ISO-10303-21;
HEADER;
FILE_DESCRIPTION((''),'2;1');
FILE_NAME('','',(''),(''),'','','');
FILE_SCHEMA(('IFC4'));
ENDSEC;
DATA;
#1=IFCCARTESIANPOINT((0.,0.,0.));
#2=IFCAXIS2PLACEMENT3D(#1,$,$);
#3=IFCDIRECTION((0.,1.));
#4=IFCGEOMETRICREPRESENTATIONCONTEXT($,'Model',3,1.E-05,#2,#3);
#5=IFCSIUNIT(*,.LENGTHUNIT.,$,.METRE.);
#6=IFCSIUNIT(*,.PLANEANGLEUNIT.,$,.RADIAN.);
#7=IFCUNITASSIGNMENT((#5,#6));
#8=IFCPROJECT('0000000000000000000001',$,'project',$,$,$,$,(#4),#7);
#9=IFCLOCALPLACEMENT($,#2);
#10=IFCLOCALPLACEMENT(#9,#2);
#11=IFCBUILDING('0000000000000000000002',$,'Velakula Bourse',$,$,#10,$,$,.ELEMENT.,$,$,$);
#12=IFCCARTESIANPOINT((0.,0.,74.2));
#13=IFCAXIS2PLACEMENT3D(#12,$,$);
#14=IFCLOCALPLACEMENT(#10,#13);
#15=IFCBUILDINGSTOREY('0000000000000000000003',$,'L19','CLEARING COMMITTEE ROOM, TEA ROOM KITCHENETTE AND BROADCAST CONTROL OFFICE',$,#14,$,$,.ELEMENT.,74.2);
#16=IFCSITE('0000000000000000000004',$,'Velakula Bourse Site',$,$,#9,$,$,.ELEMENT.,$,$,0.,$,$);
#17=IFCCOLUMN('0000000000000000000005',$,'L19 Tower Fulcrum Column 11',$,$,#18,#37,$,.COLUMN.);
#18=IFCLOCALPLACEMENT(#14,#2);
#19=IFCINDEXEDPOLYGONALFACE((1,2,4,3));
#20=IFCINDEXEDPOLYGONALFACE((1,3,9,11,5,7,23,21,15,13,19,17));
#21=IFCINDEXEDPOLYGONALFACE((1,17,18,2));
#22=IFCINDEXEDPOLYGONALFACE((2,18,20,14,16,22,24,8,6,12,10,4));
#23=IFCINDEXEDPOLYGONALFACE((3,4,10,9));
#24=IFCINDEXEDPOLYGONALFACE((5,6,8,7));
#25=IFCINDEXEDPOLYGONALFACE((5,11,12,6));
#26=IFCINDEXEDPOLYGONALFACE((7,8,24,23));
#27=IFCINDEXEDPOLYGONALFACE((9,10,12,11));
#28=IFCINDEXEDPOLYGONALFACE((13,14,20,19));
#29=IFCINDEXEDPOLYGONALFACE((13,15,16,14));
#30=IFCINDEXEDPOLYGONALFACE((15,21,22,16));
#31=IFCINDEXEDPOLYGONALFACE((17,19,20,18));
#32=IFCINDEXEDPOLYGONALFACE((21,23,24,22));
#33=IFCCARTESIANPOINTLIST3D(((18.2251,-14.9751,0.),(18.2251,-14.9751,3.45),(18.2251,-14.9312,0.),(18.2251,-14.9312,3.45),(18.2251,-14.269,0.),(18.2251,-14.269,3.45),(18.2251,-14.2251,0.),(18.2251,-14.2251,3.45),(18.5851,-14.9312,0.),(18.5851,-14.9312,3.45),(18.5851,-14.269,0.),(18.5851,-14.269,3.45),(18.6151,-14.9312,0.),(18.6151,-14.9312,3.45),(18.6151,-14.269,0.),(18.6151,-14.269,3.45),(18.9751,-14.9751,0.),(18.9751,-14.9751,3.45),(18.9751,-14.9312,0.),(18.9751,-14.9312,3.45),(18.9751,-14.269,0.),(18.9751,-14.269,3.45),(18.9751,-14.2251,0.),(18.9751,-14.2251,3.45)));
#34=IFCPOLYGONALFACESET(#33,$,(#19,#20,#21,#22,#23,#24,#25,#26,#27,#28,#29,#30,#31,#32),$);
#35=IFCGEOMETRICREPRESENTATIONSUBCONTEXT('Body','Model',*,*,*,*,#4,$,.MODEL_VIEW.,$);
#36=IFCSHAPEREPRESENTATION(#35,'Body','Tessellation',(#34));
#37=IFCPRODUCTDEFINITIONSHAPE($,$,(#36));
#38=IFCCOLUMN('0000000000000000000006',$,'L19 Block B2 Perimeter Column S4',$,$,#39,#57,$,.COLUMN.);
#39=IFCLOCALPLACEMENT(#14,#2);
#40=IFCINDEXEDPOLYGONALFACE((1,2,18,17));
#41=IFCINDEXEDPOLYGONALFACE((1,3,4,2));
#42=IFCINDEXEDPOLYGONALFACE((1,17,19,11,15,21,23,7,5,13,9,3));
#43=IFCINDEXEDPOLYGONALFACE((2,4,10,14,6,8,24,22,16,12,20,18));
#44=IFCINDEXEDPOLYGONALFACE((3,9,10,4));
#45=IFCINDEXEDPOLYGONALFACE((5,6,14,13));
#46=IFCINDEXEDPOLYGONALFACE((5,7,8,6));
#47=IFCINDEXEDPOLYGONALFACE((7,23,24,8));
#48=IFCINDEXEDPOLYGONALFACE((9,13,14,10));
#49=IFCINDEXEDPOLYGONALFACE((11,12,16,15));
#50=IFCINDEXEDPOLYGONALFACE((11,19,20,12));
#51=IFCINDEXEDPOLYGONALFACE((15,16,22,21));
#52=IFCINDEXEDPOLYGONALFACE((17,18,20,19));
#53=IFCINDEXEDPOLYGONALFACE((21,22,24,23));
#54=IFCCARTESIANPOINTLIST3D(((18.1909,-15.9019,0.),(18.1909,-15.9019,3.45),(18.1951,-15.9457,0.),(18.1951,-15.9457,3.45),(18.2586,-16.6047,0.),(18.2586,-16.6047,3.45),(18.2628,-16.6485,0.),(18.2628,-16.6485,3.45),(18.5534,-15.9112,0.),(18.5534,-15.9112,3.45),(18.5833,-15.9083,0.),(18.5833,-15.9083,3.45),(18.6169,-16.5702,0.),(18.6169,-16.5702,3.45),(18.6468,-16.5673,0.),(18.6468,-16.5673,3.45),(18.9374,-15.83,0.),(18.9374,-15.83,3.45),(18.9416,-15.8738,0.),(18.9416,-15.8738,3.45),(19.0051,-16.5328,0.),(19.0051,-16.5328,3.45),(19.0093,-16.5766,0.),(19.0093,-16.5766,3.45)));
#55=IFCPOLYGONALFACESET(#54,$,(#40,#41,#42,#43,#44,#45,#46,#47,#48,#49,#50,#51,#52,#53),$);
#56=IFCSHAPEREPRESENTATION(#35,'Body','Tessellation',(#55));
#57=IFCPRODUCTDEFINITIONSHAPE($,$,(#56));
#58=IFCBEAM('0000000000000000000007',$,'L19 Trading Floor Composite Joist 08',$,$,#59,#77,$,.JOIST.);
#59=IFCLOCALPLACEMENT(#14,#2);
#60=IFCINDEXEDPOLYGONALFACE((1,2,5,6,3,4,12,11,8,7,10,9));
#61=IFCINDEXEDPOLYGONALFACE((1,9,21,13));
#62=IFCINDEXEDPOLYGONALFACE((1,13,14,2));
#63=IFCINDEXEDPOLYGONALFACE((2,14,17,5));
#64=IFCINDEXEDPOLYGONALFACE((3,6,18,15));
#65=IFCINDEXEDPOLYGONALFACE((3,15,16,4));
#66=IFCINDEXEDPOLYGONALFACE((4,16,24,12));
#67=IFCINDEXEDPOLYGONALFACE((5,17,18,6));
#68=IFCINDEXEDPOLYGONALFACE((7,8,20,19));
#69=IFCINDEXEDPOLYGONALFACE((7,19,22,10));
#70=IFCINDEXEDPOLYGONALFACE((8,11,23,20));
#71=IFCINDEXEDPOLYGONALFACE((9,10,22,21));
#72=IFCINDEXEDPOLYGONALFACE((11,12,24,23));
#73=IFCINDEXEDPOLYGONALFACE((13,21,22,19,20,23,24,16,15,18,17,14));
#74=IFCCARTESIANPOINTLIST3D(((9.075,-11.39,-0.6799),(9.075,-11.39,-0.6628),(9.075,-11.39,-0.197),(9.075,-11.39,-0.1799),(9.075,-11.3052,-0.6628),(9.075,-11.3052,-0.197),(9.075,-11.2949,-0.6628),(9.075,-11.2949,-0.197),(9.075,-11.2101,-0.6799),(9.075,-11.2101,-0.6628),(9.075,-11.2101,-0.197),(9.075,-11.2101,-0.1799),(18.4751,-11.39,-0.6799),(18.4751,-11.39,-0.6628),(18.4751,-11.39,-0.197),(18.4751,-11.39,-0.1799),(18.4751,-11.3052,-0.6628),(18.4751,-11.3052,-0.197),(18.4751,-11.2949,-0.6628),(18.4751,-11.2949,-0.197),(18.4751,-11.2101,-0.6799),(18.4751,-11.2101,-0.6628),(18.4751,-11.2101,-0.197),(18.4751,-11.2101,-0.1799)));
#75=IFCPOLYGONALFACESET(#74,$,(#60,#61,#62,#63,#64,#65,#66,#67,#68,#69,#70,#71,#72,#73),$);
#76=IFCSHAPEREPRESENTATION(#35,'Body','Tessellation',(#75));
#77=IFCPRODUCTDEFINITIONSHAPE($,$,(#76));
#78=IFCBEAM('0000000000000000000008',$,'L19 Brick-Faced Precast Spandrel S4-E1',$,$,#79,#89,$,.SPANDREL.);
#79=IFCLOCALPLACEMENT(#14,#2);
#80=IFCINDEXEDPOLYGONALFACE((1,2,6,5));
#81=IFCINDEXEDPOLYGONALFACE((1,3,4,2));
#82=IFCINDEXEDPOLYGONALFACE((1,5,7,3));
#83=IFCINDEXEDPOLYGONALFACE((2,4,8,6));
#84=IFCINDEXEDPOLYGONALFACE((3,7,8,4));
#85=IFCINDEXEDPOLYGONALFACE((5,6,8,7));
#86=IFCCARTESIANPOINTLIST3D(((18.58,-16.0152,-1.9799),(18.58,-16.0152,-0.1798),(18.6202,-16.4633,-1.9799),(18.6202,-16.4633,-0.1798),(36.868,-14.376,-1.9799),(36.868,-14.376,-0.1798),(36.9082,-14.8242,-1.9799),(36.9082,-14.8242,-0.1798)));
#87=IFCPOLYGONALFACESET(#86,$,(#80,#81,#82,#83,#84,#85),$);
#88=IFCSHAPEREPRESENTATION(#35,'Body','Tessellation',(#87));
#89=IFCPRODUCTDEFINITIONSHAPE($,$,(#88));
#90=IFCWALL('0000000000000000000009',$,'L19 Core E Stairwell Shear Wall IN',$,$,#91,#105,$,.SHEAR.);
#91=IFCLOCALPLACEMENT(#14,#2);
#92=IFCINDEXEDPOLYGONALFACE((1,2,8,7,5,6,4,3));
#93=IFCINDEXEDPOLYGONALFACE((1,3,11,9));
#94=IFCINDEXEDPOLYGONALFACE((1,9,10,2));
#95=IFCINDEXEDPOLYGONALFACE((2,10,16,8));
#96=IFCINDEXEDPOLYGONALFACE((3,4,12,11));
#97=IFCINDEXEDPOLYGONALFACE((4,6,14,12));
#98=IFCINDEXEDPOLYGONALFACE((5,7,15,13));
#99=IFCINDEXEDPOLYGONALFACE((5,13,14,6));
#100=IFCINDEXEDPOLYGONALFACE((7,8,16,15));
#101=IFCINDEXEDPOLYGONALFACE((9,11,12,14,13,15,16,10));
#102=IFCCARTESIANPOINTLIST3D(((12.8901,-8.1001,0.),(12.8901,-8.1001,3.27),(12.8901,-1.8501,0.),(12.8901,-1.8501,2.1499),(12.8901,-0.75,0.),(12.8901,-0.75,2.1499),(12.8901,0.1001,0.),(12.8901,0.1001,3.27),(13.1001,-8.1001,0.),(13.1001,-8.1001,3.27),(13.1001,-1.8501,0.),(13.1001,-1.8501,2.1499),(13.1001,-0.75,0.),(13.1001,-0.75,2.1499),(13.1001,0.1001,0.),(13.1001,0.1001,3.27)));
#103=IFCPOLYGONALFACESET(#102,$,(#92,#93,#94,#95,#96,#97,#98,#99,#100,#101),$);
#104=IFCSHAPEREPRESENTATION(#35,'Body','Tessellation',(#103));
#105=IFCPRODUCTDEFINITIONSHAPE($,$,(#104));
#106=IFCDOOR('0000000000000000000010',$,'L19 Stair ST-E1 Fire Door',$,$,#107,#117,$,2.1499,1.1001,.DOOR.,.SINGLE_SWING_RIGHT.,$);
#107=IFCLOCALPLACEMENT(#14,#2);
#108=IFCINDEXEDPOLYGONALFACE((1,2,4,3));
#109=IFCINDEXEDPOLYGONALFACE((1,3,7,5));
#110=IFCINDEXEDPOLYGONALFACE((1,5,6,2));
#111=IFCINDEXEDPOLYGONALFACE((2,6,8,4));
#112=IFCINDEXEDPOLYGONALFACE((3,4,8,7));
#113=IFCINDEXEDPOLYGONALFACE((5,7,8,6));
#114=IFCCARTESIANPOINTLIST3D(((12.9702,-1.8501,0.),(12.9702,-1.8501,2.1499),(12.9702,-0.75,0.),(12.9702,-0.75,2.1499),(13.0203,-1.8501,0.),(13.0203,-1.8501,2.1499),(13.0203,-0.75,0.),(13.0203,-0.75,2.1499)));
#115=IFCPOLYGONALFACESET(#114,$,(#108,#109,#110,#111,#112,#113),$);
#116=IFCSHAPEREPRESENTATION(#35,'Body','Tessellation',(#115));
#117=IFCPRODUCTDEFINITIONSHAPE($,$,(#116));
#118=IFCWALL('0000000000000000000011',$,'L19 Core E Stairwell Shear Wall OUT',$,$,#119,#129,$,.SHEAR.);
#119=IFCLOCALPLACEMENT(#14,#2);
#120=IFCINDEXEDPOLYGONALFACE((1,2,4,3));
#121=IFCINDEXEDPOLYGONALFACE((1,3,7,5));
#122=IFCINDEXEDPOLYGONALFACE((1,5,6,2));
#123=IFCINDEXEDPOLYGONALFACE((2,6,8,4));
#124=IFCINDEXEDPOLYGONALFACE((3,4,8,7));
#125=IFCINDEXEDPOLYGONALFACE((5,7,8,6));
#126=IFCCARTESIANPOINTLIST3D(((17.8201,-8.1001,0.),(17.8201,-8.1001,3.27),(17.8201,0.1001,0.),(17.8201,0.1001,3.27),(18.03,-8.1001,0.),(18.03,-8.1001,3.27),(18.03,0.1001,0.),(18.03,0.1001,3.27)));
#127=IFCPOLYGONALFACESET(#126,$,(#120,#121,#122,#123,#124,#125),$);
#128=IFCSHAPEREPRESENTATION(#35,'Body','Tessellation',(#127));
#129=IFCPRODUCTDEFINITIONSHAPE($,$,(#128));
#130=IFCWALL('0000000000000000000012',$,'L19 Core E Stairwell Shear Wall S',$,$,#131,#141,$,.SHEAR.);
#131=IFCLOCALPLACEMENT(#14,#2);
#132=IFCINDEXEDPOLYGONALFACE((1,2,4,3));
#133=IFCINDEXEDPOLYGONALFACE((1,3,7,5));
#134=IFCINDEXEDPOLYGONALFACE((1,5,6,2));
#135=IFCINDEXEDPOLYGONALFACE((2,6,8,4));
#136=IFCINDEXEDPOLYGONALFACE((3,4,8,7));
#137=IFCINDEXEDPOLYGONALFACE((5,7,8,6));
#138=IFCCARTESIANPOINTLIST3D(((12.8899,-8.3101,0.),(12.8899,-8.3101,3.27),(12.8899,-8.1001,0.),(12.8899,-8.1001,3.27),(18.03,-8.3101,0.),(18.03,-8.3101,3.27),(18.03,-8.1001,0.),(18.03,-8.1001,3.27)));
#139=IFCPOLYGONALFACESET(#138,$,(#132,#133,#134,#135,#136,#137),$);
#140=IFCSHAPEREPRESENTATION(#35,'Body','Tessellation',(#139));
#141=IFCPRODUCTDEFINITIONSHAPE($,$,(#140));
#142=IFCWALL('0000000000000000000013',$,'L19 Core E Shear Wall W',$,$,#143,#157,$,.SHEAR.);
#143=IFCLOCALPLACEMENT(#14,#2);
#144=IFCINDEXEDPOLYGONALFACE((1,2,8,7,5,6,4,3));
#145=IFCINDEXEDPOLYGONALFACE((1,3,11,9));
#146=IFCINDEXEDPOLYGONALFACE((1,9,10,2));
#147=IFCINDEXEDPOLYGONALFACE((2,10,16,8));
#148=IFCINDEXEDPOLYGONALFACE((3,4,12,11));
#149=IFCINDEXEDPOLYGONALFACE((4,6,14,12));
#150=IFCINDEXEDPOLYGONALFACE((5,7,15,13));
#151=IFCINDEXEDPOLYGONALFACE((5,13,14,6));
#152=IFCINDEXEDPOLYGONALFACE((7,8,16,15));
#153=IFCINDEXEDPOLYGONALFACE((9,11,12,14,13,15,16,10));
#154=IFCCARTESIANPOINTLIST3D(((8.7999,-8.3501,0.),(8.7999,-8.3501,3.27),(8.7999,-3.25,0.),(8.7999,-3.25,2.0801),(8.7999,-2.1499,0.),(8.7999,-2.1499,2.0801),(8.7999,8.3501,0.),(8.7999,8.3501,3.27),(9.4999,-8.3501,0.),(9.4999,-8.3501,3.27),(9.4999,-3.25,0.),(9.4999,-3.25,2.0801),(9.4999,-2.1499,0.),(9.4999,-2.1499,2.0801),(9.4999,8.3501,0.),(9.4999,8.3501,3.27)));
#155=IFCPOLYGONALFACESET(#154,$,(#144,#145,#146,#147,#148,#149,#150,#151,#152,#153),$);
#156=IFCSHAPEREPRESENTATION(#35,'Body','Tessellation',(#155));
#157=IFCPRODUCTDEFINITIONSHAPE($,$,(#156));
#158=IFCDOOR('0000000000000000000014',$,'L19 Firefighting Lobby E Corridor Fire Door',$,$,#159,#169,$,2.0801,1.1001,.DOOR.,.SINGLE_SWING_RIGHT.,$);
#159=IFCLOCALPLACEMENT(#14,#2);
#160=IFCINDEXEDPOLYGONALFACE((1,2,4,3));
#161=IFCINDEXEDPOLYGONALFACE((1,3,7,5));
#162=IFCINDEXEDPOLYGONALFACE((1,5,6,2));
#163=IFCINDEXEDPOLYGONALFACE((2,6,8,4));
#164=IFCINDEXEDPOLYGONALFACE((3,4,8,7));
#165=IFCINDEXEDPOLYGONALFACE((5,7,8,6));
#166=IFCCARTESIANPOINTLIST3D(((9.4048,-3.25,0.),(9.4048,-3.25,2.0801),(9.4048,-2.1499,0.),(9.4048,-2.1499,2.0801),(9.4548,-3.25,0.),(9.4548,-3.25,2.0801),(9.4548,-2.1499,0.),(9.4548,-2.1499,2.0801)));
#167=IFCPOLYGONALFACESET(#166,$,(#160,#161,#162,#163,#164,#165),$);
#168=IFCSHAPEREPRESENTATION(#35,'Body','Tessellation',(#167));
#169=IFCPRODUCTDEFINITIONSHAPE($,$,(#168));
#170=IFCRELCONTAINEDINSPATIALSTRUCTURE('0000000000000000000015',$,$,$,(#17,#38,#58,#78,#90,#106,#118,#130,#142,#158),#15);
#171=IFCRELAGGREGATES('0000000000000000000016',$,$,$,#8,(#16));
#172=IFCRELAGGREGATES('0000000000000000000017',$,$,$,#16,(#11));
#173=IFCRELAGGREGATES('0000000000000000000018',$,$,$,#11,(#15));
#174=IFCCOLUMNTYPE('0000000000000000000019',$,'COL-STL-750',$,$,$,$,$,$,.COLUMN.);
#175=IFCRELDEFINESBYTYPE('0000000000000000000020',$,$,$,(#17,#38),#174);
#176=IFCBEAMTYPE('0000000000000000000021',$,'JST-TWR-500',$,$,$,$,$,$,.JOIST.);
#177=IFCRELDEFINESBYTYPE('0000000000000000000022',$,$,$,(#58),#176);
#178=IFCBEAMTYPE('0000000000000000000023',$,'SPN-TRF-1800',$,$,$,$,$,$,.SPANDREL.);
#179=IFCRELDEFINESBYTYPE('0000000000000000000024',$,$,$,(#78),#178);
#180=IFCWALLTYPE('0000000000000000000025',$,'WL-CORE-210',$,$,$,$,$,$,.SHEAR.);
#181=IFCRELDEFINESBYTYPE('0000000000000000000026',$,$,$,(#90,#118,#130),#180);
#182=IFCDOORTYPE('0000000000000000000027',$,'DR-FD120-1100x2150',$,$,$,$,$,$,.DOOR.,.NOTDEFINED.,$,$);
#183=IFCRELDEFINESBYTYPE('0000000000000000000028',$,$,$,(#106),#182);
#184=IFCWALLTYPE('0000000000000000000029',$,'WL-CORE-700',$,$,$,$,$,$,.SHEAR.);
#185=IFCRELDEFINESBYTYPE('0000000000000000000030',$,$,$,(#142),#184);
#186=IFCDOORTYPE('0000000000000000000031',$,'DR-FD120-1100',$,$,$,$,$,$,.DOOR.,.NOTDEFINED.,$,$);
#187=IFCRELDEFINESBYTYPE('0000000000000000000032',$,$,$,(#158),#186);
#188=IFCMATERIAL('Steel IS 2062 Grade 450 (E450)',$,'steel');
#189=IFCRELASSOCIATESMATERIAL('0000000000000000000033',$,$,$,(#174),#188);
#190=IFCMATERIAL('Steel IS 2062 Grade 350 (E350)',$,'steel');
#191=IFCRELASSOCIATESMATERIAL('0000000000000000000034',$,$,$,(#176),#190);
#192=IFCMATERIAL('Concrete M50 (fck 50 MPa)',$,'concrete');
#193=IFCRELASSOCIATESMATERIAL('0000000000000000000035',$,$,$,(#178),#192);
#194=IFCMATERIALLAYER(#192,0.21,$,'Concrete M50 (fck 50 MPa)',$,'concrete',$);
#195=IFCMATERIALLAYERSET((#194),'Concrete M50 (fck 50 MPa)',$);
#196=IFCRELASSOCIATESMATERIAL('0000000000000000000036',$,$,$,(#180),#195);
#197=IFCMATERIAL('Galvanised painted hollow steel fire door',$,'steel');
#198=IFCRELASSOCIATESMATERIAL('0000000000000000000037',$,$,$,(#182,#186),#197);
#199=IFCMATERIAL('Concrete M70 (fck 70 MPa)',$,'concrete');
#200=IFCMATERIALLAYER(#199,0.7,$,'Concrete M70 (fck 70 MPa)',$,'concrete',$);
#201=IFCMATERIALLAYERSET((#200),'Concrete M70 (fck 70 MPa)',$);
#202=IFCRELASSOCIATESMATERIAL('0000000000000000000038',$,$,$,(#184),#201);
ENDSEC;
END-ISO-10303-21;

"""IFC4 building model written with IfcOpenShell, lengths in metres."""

from ifc_helpers import new_model, si_unit, direction, frame, frame_2d, origin, origin_2d, place, context, subcontext, project, spatial, rectangle, i_section, extrude, material, layer, layer_set, material_profile, profile_set, type_object, element, fill, save


model = new_model("IFC4")

# Units and contexts
model_context = context("Model", 3, precision=1e-05, world=origin(), true_north=direction((0.0, 1.0)))
body_context = subcontext(model_context, "Body", "Model", "MODEL_VIEW")
ifc_project = project(units=[si_unit("LENGTHUNIT", "METRE"), si_unit("PLANEANGLEUNIT", "RADIAN")], contexts=[model_context])

# Site, building, storey
site_placement = place(None, origin())
site = spatial("IfcSite", under=ifc_project, at=site_placement, Name="Velakula Bourse Site", CompositionType="ELEMENT", RefElevation=0.0)
building_placement = place(site_placement, origin())
building = spatial("IfcBuilding", under=site, at=building_placement, Name="Velakula Bourse", CompositionType="ELEMENT")
storey_placement = place(building_placement, frame((0.0, 0.0, 74.2)))
storey = spatial("IfcBuildingStorey", under=building, at=storey_placement, Name="L19", Description="CLEARING COMMITTEE ROOM, TEA ROOM KITCHENETTE AND BROADCAST CONTROL OFFICE", CompositionType="ELEMENT", Elevation=74.2)

# Columns
ifc_material_1 = material(Name="Steel IS 2062 Grade 450 (E450)", Category="steel")
ifc_material_profile_1 = material_profile(ifc_material_1, i_section(OverallWidth=0.75, OverallDepth=0.75, WebThickness=0.03, FlangeThickness=0.0439, at=origin_2d()), Name="Steel IS 2062 Grade 450 (E450)")
ifc_profile_set_1 = profile_set([ifc_material_profile_1], Name="Steel IS 2062 Grade 450 (E450)")
column_type = type_object("IfcColumnType", Name="COL-STL-750", PredefinedType="COLUMN", material=ifc_profile_set_1)
for number, where, z_axis, x_axis, name in (
    (1, (18.6001, -14.6001, 0.0), (0.0, 0.0, 1.0), (1.0, 0.0, 0.0), "L19 Tower Fulcrum Column 11"),
    (2, (18.6001, -16.2393, 0.0), (0.0, 0.0, 1.0), (0.995396, 0.095846, 0.0), "L19 Block B2 Perimeter Column S4"),
):
    element("IfcColumn", number, at=place(storey_placement, frame(where, z_axis=z_axis, x_axis=x_axis)), inside=storey, type_object=column_type, Name=name, PredefinedType="COLUMN", context=body_context, shape_type="SweptSolid", body=[
        extrude(i_section(OverallWidth=0.75, OverallDepth=0.75, WebThickness=0.03, FlangeThickness=0.0439, at=origin_2d()), origin(), (0.0, 0.0, 1.0), 3.45),
    ])

# Beams
ifc_material_2 = material(Name="Steel IS 2062 Grade 350 (E350)", Category="steel")
ifc_material_profile_2 = material_profile(ifc_material_2, i_section(OverallWidth=0.1799, OverallDepth=0.5, WebThickness=0.0103, FlangeThickness=0.0171, at=origin_2d()), Name="Steel IS 2062 Grade 350 (E350)")
ifc_profile_set_2 = profile_set([ifc_material_profile_2], Name="Steel IS 2062 Grade 350 (E350)")
beam_type_1 = type_object("IfcBeamType", Name="JST-TWR-500", PredefinedType="JOIST", material=ifc_profile_set_2)
beam_1_placement = place(storey_placement, frame((9.075, -11.3, -0.4299), z_axis=(1.0, 0.0, 0.0), x_axis=(0.0, 1.0, 0.0)))
element("IfcBeam", 3, at=beam_1_placement, inside=storey, type_object=beam_type_1, Name="L19 Trading Floor Composite Joist 08", PredefinedType="JOIST", context=body_context, shape_type="SweptSolid", body=[
    extrude(i_section(OverallWidth=0.1799, OverallDepth=0.5, WebThickness=0.0103, FlangeThickness=0.0171, at=origin_2d()), origin(), (0.0, 0.0, 1.0), 9.4001),
])
ifc_material_3 = material(Name="Concrete M50 (fck 50 MPa)", Category="concrete")
ifc_material_profile_3 = material_profile(ifc_material_3, rectangle(XDim=0.45, YDim=1.8, at=origin_2d()), Name="Concrete M50 (fck 50 MPa)")
ifc_profile_set_3 = profile_set([ifc_material_profile_3], Name="Concrete M50 (fck 50 MPa)")
beam_type_2 = type_object("IfcBeamType", Name="SPN-TRF-1800", PredefinedType="SPANDREL", material=ifc_profile_set_3)
beam_2_placement = place(storey_placement, frame((18.6001, -16.2393, -1.0798), z_axis=(0.996007, 0.089272, 0.0), x_axis=(-0.089272, 0.996007, 0.0)))
element("IfcBeam", 4, at=beam_2_placement, inside=storey, type_object=beam_type_2, Name="L19 Brick-Faced Precast Spandrel S4-E1", PredefinedType="SPANDREL", context=body_context, shape_type="SweptSolid", body=[
    extrude(rectangle(XDim=0.45, YDim=1.8, at=origin_2d()), origin(), (0.0, 0.0, 1.0), 18.3613),
])

# Wall, opening, door
ifc_layer_1 = layer(ifc_material_3, 0.21, Name="Concrete M50 (fck 50 MPa)", Category="concrete")
ifc_layer_set_1 = layer_set([ifc_layer_1], Name="Concrete M50 (fck 50 MPa)")
wall_type_1 = type_object("IfcWallType", Name="WL-CORE-210", PredefinedType="SHEAR", material=ifc_layer_set_1)
wall_1_placement = place(storey_placement, frame((12.9951, -8.1001, 0.0), z_axis=(0.0, 0.0, 1.0), x_axis=(0.0, 1.0, 0.0)))
wall_1 = element("IfcWall", 5, at=wall_1_placement, inside=storey, type_object=wall_type_1, Name="L19 Core E Stairwell Shear Wall IN", PredefinedType="SHEAR", context=body_context, shape_type="SweptSolid", body=[
    extrude(rectangle(XDim=8.2002, YDim=0.21, at=frame_2d((4.1001, 0.0))), origin(), (0.0, 0.0, 1.0), 3.27),
])
opening_1_placement = place(wall_1_placement, frame((6.25, 0.0, 0.0)))
opening_1 = element("IfcOpeningElement", 6, at=opening_1_placement, cuts=wall_1, PredefinedType="OPENING", context=body_context, shape_type="SweptSolid", body=[
    extrude(rectangle(XDim=1.1001, YDim=2.1499, at=frame_2d((0.55, 1.075))), frame((0.0, 0.115, 0.0), z_axis=(0.0, -1.0, 0.0), x_axis=(1.0, 0.0, 0.0)), (0.0, 0.0, 1.0), 0.23),
])
ifc_material_4 = material(Name="Galvanised painted hollow steel fire door", Category="steel")
door_type_1 = type_object("IfcDoorType", Name="DR-FD120-1100x2150", OperationType="NOTDEFINED", PredefinedType="DOOR", material=ifc_material_4)
door_1_placement = place(opening_1_placement, origin())
door_1 = element("IfcDoor", 7, at=door_1_placement, inside=storey, type_object=door_type_1, Name="L19 Stair ST-E1 Fire Door", OperationType="SINGLE_SWING_RIGHT", OverallHeight=2.1499, OverallWidth=1.1001, PredefinedType="DOOR", context=body_context, shape_type="SweptSolid", body=[
    extrude(rectangle(XDim=1.1001, YDim=2.1499, at=frame_2d((0.55, 1.075))), frame((0.0, 0.0249, 0.0), z_axis=(0.0, -1.0, 0.0), x_axis=(1.0, 0.0, 0.0)), (0.0, 0.0, 1.0), 0.05),
])
fill(opening_1, door_1)

# Walls
wall_2_placement = place(storey_placement, frame((17.925, -8.1001, 0.0), z_axis=(0.0, 0.0, 1.0), x_axis=(0.0, 1.0, 0.0)))
element("IfcWall", 8, at=wall_2_placement, inside=storey, type_object=wall_type_1, Name="L19 Core E Stairwell Shear Wall OUT", PredefinedType="SHEAR", context=body_context, shape_type="SweptSolid", body=[
    extrude(rectangle(XDim=8.2002, YDim=0.21, at=frame_2d((4.1001, 0.0))), origin(), (0.0, 0.0, 1.0), 3.27),
])
wall_3_placement = place(storey_placement, frame((12.8899, -8.2051, 0.0), z_axis=(0.0, 0.0, 1.0), x_axis=(1.0, 0.0, 0.0)))
element("IfcWall", 9, at=wall_3_placement, inside=storey, type_object=wall_type_1, Name="L19 Core E Stairwell Shear Wall S", PredefinedType="SHEAR", context=body_context, shape_type="SweptSolid", body=[
    extrude(rectangle(XDim=5.1401, YDim=0.21, at=frame_2d((2.5701, 0.0))), origin(), (0.0, 0.0, 1.0), 3.27),
])

# Wall, opening, door
ifc_material_5 = material(Name="Concrete M70 (fck 70 MPa)", Category="concrete")
ifc_layer_2 = layer(ifc_material_5, 0.7, Name="Concrete M70 (fck 70 MPa)", Category="concrete")
ifc_layer_set_2 = layer_set([ifc_layer_2], Name="Concrete M70 (fck 70 MPa)")
wall_type_2 = type_object("IfcWallType", Name="WL-CORE-700", PredefinedType="SHEAR", material=ifc_layer_set_2)
wall_4_placement = place(storey_placement, frame((9.1499, -8.3501, 0.0), z_axis=(0.0, 0.0, 1.0), x_axis=(0.0, 1.0, 0.0)))
wall_4 = element("IfcWall", 10, at=wall_4_placement, inside=storey, type_object=wall_type_2, Name="L19 Core E Shear Wall W", PredefinedType="SHEAR", context=body_context, shape_type="SweptSolid", body=[
    extrude(rectangle(XDim=16.7002, YDim=0.7, at=frame_2d((8.3501, 0.0))), origin(), (0.0, 0.0, 1.0), 3.27),
])
opening_2_placement = place(wall_4_placement, frame((5.1001, 0.0, 0.0)))
opening_2 = element("IfcOpeningElement", 11, at=opening_2_placement, cuts=wall_4, PredefinedType="OPENING", context=body_context, shape_type="SweptSolid", body=[
    extrude(rectangle(XDim=1.1001, YDim=2.0801, at=frame_2d((0.55, 1.04))), frame((0.0, 0.3599, 0.0), z_axis=(0.0, -1.0, 0.0), x_axis=(1.0, 0.0, 0.0)), (0.0, 0.0, 1.0), 0.72),
])
door_type_2 = type_object("IfcDoorType", Name="DR-FD120-1100", OperationType="NOTDEFINED", PredefinedType="DOOR", material=ifc_material_4)
door_2_placement = place(opening_2_placement, origin())
door_2 = element("IfcDoor", 12, at=door_2_placement, inside=storey, type_object=door_type_2, Name="L19 Firefighting Lobby E Corridor Fire Door", OperationType="SINGLE_SWING_RIGHT", OverallHeight=2.0801, OverallWidth=1.1001, PredefinedType="DOOR", context=body_context, shape_type="SweptSolid", body=[
    extrude(rectangle(XDim=1.1001, YDim=2.0801, at=frame_2d((0.55, 1.04))), frame((0.0, -0.2549, 0.0), z_axis=(0.0, -1.0, 0.0), x_axis=(1.0, 0.0, 0.0)), (0.0, 0.0, 1.0), 0.05),
])
fill(opening_2, door_2)

save(model, "model.ifc")
